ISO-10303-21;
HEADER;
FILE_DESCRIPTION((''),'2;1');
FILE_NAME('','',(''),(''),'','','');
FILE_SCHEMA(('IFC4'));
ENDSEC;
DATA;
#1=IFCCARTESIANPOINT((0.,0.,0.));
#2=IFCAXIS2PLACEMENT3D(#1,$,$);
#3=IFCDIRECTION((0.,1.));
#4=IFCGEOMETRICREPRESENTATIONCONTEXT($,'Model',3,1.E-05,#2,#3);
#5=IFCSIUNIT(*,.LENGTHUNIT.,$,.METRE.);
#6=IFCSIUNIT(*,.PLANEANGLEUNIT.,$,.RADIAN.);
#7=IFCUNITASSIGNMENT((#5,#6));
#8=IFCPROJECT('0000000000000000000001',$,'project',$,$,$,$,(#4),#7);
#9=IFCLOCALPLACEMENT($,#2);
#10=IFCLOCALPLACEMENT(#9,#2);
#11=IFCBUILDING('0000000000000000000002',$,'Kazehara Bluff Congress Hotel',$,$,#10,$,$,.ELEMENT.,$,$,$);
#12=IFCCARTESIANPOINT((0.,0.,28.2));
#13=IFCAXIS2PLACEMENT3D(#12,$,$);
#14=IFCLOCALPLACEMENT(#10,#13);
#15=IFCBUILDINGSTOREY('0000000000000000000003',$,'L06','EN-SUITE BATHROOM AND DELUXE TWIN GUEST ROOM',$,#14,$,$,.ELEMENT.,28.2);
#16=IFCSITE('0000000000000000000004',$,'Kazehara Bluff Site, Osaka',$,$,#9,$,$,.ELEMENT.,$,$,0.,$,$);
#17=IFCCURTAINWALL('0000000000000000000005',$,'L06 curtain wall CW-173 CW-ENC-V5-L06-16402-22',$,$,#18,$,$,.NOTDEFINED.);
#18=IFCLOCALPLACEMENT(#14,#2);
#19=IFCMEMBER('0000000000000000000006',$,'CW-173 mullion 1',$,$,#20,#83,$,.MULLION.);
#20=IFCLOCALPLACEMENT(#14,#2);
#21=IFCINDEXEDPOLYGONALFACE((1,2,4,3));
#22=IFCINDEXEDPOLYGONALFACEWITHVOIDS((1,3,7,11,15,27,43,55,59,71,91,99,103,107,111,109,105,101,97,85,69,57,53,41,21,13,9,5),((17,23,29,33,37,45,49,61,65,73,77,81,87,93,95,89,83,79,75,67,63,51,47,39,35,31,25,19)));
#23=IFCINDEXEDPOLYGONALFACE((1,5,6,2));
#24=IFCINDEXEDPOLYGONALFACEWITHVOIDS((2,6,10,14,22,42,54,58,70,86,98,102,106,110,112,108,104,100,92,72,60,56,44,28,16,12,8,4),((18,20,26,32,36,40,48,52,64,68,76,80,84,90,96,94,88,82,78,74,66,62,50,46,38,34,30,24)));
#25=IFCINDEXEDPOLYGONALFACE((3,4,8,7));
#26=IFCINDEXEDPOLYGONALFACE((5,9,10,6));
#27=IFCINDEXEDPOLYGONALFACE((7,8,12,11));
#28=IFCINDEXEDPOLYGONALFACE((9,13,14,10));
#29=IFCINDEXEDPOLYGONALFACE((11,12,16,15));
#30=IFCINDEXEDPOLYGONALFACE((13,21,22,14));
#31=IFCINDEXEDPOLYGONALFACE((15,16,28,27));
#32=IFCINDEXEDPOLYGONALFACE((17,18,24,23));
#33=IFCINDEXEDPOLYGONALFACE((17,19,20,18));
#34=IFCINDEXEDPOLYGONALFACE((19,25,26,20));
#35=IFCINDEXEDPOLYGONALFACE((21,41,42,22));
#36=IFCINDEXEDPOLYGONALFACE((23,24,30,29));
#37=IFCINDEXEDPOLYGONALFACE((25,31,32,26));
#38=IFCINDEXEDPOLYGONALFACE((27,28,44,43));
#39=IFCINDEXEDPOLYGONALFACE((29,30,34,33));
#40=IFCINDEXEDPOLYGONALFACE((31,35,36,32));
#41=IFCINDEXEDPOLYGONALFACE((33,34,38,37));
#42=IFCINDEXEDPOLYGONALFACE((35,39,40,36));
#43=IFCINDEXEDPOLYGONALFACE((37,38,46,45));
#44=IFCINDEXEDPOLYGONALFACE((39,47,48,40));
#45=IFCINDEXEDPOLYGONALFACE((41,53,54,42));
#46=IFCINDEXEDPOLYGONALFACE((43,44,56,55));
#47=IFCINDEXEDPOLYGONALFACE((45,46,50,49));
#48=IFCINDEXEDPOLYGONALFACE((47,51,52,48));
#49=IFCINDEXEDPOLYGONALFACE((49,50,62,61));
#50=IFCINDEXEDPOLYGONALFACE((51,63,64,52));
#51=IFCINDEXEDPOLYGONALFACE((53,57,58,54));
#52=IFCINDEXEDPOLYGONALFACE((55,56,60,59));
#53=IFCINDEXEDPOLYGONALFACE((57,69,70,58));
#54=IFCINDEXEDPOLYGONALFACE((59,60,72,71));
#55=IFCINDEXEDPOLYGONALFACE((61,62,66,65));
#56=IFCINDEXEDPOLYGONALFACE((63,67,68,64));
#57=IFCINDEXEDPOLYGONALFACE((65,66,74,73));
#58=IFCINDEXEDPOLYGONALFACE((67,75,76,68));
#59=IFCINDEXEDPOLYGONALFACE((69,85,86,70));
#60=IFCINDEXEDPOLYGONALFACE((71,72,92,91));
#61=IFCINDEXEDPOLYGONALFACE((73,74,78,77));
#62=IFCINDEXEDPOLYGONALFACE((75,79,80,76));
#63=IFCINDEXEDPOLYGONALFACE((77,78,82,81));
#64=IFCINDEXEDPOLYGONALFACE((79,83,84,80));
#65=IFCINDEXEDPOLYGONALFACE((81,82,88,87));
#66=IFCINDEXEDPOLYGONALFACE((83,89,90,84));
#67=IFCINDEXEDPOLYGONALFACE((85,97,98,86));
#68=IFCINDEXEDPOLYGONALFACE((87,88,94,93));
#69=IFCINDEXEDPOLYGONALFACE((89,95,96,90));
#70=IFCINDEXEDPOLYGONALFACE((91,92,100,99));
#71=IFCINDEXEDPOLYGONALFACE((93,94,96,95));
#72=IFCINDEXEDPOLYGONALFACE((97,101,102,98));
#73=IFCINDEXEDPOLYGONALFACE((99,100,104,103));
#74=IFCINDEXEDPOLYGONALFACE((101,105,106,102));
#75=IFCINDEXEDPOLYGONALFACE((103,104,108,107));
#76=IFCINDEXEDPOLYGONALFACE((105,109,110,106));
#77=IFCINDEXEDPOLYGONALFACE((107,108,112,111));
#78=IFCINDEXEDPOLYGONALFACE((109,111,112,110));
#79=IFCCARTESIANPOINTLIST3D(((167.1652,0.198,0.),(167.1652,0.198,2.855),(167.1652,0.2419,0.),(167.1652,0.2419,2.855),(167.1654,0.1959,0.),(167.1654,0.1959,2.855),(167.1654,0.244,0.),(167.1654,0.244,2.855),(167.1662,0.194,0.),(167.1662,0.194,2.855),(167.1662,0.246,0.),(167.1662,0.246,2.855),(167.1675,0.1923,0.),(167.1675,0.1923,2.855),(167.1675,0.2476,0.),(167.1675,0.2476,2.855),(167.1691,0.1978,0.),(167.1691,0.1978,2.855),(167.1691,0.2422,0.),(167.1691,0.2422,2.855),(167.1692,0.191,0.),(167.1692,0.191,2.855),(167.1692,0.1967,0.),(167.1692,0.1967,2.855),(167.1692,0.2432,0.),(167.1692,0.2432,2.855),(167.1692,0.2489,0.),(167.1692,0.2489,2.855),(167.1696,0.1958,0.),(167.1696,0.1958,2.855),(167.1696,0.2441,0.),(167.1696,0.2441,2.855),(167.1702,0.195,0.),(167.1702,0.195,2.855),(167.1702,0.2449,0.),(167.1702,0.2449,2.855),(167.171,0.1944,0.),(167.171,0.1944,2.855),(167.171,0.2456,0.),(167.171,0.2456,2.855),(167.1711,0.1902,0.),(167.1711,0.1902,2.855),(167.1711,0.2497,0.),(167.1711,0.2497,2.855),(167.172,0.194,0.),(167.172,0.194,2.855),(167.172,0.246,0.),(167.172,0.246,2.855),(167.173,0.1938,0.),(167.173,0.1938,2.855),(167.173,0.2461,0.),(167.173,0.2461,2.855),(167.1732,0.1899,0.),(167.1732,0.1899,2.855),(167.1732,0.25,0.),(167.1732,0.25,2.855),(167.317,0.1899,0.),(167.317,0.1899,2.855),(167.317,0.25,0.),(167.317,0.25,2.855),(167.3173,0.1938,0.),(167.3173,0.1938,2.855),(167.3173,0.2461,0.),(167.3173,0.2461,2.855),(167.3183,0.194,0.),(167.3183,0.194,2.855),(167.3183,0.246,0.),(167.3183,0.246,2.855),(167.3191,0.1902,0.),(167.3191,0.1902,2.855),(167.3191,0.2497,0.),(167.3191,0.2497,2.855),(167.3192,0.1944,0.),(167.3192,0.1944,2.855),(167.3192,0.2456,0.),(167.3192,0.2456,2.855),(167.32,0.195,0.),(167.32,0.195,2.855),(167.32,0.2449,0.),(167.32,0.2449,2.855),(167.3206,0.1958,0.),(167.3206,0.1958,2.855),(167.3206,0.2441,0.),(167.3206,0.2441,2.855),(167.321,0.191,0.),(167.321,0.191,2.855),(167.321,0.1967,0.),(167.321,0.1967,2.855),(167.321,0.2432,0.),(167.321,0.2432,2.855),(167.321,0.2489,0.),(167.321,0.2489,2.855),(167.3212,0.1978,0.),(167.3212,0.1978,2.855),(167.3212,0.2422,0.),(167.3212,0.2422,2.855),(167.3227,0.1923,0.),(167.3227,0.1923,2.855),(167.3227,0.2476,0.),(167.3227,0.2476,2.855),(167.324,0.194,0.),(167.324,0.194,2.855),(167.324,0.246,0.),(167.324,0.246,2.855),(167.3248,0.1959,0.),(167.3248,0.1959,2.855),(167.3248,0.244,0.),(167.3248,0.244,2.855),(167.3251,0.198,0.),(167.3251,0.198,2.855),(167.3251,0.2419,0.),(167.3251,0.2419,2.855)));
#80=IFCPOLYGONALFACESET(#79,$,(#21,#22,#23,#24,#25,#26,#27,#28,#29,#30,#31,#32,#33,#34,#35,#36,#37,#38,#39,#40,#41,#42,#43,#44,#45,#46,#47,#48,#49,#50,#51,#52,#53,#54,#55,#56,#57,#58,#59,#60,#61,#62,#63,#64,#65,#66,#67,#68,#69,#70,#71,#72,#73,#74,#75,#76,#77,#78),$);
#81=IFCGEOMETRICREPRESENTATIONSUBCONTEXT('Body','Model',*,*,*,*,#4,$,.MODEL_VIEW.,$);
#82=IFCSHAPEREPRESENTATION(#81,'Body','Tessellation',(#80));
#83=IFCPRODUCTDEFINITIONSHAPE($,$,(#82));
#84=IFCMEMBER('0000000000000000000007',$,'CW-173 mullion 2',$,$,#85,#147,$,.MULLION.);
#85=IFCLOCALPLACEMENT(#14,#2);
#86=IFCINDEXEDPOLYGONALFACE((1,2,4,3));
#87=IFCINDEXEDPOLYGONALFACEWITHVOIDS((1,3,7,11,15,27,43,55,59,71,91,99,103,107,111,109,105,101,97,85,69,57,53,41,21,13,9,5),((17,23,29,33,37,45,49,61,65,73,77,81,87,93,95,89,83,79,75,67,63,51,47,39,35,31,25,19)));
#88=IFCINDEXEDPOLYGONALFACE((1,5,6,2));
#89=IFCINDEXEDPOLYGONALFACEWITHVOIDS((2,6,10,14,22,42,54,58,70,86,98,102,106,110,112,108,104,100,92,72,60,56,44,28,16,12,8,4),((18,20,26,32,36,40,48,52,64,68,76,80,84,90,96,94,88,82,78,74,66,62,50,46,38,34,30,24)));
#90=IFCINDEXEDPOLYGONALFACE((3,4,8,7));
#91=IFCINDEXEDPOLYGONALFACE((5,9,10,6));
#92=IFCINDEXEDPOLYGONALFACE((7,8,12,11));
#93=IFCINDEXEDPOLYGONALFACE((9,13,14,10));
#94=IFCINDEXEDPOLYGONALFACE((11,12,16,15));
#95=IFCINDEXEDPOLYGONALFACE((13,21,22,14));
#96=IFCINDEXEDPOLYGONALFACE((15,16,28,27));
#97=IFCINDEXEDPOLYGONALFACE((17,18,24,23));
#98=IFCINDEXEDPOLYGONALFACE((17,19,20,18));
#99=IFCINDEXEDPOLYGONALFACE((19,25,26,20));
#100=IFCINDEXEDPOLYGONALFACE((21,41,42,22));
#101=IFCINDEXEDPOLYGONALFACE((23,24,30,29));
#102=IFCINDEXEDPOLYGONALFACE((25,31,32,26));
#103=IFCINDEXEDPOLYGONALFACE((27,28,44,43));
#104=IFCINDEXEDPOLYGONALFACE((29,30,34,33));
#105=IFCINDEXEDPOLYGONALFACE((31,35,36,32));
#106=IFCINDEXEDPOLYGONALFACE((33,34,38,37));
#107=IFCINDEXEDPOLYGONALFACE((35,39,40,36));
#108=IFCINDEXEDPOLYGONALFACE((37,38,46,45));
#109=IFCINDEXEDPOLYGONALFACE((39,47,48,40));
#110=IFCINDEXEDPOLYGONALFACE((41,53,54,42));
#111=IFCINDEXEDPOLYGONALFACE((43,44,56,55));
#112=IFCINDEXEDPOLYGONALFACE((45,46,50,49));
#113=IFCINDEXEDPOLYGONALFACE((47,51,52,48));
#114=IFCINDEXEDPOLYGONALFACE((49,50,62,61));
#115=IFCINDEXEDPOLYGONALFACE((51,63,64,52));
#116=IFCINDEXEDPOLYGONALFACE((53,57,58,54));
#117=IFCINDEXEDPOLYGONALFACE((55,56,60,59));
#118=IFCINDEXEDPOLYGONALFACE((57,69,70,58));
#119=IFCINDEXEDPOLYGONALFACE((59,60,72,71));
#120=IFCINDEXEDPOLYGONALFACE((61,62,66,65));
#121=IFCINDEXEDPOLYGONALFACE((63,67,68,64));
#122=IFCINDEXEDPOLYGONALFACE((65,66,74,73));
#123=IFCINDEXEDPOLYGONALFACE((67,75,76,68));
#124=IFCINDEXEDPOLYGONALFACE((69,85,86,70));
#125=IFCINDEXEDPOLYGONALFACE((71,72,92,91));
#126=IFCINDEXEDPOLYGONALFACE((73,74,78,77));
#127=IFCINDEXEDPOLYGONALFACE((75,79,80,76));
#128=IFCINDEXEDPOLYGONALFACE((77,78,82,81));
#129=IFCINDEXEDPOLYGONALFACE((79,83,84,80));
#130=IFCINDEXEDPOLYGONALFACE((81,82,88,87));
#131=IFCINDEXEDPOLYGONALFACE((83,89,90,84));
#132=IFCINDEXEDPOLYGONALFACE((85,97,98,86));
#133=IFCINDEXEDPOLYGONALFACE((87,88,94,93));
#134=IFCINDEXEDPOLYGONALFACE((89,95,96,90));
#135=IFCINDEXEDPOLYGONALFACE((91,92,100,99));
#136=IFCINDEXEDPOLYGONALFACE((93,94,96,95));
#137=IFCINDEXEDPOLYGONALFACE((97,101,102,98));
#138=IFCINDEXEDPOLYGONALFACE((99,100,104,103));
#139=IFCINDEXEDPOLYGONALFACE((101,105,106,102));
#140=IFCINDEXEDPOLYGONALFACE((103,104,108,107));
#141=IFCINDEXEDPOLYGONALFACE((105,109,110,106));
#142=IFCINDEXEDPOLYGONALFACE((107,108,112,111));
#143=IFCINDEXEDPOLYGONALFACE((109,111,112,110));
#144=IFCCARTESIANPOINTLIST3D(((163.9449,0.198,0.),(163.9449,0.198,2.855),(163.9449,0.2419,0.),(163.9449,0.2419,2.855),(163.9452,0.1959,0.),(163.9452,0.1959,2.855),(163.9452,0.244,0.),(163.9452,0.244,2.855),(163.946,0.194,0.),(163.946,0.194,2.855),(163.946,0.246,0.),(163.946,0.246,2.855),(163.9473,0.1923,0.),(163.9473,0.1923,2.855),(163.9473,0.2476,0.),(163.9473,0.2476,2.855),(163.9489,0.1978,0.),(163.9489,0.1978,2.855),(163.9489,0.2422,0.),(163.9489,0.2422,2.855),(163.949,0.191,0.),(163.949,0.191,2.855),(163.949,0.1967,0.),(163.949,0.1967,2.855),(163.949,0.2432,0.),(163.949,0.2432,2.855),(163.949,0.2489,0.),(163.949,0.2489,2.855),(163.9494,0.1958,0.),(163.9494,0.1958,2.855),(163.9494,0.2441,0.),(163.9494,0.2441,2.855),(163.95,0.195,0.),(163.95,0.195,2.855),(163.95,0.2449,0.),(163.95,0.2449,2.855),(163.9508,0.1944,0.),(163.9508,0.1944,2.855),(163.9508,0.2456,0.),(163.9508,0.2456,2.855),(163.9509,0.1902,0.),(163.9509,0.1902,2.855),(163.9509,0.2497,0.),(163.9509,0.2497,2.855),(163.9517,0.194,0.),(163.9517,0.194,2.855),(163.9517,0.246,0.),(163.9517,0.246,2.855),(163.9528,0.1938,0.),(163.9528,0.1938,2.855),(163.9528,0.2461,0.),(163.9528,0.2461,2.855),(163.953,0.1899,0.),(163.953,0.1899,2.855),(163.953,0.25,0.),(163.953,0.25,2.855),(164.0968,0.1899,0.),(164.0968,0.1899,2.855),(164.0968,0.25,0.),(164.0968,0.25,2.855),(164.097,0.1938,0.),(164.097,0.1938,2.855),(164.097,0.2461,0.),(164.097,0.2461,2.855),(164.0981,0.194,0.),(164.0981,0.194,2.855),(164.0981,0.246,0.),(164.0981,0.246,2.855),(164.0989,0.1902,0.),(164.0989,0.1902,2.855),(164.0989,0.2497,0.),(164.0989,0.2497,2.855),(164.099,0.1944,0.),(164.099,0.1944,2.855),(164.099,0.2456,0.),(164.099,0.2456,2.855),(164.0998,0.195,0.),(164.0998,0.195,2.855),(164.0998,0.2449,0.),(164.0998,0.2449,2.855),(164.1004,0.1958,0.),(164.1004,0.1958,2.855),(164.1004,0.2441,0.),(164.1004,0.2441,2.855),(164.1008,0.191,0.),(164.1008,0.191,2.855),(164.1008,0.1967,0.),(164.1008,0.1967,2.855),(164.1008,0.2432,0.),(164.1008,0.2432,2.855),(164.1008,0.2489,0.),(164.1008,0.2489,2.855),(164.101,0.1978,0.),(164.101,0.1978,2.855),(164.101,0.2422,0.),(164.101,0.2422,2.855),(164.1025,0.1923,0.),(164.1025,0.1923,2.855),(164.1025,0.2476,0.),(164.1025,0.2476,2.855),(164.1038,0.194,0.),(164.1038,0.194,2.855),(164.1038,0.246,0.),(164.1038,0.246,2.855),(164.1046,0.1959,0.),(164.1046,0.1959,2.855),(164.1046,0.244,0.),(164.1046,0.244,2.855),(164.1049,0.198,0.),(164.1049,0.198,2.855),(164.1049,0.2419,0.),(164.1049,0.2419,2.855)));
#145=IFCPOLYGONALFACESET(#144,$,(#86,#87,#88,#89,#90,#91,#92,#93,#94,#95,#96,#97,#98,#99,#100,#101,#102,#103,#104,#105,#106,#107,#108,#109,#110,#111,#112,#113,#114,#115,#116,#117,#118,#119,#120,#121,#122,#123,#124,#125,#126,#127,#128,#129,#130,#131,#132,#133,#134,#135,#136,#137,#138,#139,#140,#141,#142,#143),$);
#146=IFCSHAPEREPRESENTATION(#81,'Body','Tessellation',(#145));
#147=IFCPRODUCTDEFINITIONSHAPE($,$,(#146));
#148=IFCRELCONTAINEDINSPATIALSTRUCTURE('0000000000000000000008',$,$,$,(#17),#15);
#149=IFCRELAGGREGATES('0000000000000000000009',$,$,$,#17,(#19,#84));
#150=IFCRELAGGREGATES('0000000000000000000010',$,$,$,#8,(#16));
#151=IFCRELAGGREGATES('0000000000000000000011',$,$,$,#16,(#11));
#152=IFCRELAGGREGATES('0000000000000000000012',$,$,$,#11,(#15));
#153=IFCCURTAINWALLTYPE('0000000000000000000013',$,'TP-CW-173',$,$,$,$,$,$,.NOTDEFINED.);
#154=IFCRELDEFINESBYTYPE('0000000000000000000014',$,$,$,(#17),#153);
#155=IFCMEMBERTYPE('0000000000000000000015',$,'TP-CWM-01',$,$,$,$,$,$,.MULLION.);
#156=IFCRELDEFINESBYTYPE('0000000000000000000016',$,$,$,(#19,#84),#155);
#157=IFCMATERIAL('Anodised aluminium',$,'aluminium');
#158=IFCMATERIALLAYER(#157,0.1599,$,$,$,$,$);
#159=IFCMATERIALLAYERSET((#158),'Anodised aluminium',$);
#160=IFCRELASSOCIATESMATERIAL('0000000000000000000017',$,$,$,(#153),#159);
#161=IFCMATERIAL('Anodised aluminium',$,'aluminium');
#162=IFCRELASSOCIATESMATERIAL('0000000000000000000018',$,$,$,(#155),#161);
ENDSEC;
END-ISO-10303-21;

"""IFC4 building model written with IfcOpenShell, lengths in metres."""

from ifc_helpers import new_model, si_unit, direction, frame, origin, origin_2d, place, context, subcontext, project, spatial, hollow_rectangle, extrude, material, layer, layer_set, material_profile, profile_set, type_object, element, aggregate, save


model = new_model("IFC4")

# Units and contexts
model_context = context("Model", 3, precision=1e-05, world=origin(), true_north=direction((0.0, 1.0)))
body_context = subcontext(model_context, "Body", "Model", "MODEL_VIEW")
ifc_project = project(units=[si_unit("LENGTHUNIT", "METRE"), si_unit("PLANEANGLEUNIT", "RADIAN")], contexts=[model_context])

# Site, building, storey
site_placement = place(None, origin())
site = spatial("IfcSite", under=ifc_project, at=site_placement, Name="Kazehara Bluff Site, Osaka", CompositionType="ELEMENT", RefElevation=0.0)
building_placement = place(site_placement, origin())
building = spatial("IfcBuilding", under=site, at=building_placement, Name="Kazehara Bluff Congress Hotel", CompositionType="ELEMENT")
storey_placement = place(building_placement, frame((0.0, 0.0, 28.2)))
storey = spatial("IfcBuildingStorey", under=building, at=storey_placement, Name="L06", Description="EN-SUITE BATHROOM AND DELUXE TWIN GUEST ROOM", CompositionType="ELEMENT", Elevation=28.2)

# Curtain wall, members
ifc_material_1 = material(Name="Anodised aluminium", Category="aluminium")
ifc_layer_1 = layer(ifc_material_1, 0.1599)
ifc_layer_set_1 = layer_set([ifc_layer_1], Name="Anodised aluminium")
curtain_wall_type_1 = type_object("IfcCurtainWallType", Name="TP-CW-173", PredefinedType="NOTDEFINED", material=ifc_layer_set_1)
curtain_wall_1_placement = place(storey_placement, origin())
curtain_wall_1 = element("IfcCurtainWall", 1, at=curtain_wall_1_placement, inside=storey, type_object=curtain_wall_type_1, Name="L06 curtain wall CW-173 CW-ENC-V5-L06-16402-22", PredefinedType="NOTDEFINED")
ifc_material_2 = material(Name="Anodised aluminium", Category="aluminium")
ifc_material_profile_1 = material_profile(ifc_material_2, hollow_rectangle(XDim=0.0601, YDim=0.1599, WallThickness=0.0039, InnerFilletRadius=0.0039, OuterFilletRadius=0.0081, at=origin_2d()))
ifc_profile_set_1 = profile_set([ifc_material_profile_1], Name="Anodised aluminium")
member_type_1 = type_object("IfcMemberType", Name="TP-CWM-01", PredefinedType="MULLION", material=ifc_profile_set_1)
member_1_placement = place(storey_placement, frame((167.2451, 0.22, 0.0), z_axis=(0.0, 0.0, 1.0), x_axis=(0.0, -1.0, 0.0)))
member_1 = element("IfcMember", 2, at=member_1_placement, type_object=member_type_1, Name="CW-173 mullion 1", PredefinedType="MULLION", context=body_context, shape_type="SweptSolid", body=[
    extrude(hollow_rectangle(XDim=0.0601, YDim=0.1599, WallThickness=0.0039, InnerFilletRadius=0.0039, OuterFilletRadius=0.0081, at=origin_2d()), origin(), (0.0, 0.0, 1.0), 2.855),
])
member_2_placement = place(storey_placement, frame((164.0249, 0.22, 0.0), z_axis=(0.0, 0.0, 1.0), x_axis=(0.0, -1.0, 0.0)))
member_2 = element("IfcMember", 3, at=member_2_placement, type_object=member_type_1, Name="CW-173 mullion 2", PredefinedType="MULLION", context=body_context, shape_type="SweptSolid", body=[
    extrude(hollow_rectangle(XDim=0.0601, YDim=0.1599, WallThickness=0.0039, InnerFilletRadius=0.0039, OuterFilletRadius=0.0081, at=origin_2d()), origin(), (0.0, 0.0, 1.0), 2.855),
])

aggregate(curtain_wall_1, [member_1, member_2])

save(model, "model.ifc")
